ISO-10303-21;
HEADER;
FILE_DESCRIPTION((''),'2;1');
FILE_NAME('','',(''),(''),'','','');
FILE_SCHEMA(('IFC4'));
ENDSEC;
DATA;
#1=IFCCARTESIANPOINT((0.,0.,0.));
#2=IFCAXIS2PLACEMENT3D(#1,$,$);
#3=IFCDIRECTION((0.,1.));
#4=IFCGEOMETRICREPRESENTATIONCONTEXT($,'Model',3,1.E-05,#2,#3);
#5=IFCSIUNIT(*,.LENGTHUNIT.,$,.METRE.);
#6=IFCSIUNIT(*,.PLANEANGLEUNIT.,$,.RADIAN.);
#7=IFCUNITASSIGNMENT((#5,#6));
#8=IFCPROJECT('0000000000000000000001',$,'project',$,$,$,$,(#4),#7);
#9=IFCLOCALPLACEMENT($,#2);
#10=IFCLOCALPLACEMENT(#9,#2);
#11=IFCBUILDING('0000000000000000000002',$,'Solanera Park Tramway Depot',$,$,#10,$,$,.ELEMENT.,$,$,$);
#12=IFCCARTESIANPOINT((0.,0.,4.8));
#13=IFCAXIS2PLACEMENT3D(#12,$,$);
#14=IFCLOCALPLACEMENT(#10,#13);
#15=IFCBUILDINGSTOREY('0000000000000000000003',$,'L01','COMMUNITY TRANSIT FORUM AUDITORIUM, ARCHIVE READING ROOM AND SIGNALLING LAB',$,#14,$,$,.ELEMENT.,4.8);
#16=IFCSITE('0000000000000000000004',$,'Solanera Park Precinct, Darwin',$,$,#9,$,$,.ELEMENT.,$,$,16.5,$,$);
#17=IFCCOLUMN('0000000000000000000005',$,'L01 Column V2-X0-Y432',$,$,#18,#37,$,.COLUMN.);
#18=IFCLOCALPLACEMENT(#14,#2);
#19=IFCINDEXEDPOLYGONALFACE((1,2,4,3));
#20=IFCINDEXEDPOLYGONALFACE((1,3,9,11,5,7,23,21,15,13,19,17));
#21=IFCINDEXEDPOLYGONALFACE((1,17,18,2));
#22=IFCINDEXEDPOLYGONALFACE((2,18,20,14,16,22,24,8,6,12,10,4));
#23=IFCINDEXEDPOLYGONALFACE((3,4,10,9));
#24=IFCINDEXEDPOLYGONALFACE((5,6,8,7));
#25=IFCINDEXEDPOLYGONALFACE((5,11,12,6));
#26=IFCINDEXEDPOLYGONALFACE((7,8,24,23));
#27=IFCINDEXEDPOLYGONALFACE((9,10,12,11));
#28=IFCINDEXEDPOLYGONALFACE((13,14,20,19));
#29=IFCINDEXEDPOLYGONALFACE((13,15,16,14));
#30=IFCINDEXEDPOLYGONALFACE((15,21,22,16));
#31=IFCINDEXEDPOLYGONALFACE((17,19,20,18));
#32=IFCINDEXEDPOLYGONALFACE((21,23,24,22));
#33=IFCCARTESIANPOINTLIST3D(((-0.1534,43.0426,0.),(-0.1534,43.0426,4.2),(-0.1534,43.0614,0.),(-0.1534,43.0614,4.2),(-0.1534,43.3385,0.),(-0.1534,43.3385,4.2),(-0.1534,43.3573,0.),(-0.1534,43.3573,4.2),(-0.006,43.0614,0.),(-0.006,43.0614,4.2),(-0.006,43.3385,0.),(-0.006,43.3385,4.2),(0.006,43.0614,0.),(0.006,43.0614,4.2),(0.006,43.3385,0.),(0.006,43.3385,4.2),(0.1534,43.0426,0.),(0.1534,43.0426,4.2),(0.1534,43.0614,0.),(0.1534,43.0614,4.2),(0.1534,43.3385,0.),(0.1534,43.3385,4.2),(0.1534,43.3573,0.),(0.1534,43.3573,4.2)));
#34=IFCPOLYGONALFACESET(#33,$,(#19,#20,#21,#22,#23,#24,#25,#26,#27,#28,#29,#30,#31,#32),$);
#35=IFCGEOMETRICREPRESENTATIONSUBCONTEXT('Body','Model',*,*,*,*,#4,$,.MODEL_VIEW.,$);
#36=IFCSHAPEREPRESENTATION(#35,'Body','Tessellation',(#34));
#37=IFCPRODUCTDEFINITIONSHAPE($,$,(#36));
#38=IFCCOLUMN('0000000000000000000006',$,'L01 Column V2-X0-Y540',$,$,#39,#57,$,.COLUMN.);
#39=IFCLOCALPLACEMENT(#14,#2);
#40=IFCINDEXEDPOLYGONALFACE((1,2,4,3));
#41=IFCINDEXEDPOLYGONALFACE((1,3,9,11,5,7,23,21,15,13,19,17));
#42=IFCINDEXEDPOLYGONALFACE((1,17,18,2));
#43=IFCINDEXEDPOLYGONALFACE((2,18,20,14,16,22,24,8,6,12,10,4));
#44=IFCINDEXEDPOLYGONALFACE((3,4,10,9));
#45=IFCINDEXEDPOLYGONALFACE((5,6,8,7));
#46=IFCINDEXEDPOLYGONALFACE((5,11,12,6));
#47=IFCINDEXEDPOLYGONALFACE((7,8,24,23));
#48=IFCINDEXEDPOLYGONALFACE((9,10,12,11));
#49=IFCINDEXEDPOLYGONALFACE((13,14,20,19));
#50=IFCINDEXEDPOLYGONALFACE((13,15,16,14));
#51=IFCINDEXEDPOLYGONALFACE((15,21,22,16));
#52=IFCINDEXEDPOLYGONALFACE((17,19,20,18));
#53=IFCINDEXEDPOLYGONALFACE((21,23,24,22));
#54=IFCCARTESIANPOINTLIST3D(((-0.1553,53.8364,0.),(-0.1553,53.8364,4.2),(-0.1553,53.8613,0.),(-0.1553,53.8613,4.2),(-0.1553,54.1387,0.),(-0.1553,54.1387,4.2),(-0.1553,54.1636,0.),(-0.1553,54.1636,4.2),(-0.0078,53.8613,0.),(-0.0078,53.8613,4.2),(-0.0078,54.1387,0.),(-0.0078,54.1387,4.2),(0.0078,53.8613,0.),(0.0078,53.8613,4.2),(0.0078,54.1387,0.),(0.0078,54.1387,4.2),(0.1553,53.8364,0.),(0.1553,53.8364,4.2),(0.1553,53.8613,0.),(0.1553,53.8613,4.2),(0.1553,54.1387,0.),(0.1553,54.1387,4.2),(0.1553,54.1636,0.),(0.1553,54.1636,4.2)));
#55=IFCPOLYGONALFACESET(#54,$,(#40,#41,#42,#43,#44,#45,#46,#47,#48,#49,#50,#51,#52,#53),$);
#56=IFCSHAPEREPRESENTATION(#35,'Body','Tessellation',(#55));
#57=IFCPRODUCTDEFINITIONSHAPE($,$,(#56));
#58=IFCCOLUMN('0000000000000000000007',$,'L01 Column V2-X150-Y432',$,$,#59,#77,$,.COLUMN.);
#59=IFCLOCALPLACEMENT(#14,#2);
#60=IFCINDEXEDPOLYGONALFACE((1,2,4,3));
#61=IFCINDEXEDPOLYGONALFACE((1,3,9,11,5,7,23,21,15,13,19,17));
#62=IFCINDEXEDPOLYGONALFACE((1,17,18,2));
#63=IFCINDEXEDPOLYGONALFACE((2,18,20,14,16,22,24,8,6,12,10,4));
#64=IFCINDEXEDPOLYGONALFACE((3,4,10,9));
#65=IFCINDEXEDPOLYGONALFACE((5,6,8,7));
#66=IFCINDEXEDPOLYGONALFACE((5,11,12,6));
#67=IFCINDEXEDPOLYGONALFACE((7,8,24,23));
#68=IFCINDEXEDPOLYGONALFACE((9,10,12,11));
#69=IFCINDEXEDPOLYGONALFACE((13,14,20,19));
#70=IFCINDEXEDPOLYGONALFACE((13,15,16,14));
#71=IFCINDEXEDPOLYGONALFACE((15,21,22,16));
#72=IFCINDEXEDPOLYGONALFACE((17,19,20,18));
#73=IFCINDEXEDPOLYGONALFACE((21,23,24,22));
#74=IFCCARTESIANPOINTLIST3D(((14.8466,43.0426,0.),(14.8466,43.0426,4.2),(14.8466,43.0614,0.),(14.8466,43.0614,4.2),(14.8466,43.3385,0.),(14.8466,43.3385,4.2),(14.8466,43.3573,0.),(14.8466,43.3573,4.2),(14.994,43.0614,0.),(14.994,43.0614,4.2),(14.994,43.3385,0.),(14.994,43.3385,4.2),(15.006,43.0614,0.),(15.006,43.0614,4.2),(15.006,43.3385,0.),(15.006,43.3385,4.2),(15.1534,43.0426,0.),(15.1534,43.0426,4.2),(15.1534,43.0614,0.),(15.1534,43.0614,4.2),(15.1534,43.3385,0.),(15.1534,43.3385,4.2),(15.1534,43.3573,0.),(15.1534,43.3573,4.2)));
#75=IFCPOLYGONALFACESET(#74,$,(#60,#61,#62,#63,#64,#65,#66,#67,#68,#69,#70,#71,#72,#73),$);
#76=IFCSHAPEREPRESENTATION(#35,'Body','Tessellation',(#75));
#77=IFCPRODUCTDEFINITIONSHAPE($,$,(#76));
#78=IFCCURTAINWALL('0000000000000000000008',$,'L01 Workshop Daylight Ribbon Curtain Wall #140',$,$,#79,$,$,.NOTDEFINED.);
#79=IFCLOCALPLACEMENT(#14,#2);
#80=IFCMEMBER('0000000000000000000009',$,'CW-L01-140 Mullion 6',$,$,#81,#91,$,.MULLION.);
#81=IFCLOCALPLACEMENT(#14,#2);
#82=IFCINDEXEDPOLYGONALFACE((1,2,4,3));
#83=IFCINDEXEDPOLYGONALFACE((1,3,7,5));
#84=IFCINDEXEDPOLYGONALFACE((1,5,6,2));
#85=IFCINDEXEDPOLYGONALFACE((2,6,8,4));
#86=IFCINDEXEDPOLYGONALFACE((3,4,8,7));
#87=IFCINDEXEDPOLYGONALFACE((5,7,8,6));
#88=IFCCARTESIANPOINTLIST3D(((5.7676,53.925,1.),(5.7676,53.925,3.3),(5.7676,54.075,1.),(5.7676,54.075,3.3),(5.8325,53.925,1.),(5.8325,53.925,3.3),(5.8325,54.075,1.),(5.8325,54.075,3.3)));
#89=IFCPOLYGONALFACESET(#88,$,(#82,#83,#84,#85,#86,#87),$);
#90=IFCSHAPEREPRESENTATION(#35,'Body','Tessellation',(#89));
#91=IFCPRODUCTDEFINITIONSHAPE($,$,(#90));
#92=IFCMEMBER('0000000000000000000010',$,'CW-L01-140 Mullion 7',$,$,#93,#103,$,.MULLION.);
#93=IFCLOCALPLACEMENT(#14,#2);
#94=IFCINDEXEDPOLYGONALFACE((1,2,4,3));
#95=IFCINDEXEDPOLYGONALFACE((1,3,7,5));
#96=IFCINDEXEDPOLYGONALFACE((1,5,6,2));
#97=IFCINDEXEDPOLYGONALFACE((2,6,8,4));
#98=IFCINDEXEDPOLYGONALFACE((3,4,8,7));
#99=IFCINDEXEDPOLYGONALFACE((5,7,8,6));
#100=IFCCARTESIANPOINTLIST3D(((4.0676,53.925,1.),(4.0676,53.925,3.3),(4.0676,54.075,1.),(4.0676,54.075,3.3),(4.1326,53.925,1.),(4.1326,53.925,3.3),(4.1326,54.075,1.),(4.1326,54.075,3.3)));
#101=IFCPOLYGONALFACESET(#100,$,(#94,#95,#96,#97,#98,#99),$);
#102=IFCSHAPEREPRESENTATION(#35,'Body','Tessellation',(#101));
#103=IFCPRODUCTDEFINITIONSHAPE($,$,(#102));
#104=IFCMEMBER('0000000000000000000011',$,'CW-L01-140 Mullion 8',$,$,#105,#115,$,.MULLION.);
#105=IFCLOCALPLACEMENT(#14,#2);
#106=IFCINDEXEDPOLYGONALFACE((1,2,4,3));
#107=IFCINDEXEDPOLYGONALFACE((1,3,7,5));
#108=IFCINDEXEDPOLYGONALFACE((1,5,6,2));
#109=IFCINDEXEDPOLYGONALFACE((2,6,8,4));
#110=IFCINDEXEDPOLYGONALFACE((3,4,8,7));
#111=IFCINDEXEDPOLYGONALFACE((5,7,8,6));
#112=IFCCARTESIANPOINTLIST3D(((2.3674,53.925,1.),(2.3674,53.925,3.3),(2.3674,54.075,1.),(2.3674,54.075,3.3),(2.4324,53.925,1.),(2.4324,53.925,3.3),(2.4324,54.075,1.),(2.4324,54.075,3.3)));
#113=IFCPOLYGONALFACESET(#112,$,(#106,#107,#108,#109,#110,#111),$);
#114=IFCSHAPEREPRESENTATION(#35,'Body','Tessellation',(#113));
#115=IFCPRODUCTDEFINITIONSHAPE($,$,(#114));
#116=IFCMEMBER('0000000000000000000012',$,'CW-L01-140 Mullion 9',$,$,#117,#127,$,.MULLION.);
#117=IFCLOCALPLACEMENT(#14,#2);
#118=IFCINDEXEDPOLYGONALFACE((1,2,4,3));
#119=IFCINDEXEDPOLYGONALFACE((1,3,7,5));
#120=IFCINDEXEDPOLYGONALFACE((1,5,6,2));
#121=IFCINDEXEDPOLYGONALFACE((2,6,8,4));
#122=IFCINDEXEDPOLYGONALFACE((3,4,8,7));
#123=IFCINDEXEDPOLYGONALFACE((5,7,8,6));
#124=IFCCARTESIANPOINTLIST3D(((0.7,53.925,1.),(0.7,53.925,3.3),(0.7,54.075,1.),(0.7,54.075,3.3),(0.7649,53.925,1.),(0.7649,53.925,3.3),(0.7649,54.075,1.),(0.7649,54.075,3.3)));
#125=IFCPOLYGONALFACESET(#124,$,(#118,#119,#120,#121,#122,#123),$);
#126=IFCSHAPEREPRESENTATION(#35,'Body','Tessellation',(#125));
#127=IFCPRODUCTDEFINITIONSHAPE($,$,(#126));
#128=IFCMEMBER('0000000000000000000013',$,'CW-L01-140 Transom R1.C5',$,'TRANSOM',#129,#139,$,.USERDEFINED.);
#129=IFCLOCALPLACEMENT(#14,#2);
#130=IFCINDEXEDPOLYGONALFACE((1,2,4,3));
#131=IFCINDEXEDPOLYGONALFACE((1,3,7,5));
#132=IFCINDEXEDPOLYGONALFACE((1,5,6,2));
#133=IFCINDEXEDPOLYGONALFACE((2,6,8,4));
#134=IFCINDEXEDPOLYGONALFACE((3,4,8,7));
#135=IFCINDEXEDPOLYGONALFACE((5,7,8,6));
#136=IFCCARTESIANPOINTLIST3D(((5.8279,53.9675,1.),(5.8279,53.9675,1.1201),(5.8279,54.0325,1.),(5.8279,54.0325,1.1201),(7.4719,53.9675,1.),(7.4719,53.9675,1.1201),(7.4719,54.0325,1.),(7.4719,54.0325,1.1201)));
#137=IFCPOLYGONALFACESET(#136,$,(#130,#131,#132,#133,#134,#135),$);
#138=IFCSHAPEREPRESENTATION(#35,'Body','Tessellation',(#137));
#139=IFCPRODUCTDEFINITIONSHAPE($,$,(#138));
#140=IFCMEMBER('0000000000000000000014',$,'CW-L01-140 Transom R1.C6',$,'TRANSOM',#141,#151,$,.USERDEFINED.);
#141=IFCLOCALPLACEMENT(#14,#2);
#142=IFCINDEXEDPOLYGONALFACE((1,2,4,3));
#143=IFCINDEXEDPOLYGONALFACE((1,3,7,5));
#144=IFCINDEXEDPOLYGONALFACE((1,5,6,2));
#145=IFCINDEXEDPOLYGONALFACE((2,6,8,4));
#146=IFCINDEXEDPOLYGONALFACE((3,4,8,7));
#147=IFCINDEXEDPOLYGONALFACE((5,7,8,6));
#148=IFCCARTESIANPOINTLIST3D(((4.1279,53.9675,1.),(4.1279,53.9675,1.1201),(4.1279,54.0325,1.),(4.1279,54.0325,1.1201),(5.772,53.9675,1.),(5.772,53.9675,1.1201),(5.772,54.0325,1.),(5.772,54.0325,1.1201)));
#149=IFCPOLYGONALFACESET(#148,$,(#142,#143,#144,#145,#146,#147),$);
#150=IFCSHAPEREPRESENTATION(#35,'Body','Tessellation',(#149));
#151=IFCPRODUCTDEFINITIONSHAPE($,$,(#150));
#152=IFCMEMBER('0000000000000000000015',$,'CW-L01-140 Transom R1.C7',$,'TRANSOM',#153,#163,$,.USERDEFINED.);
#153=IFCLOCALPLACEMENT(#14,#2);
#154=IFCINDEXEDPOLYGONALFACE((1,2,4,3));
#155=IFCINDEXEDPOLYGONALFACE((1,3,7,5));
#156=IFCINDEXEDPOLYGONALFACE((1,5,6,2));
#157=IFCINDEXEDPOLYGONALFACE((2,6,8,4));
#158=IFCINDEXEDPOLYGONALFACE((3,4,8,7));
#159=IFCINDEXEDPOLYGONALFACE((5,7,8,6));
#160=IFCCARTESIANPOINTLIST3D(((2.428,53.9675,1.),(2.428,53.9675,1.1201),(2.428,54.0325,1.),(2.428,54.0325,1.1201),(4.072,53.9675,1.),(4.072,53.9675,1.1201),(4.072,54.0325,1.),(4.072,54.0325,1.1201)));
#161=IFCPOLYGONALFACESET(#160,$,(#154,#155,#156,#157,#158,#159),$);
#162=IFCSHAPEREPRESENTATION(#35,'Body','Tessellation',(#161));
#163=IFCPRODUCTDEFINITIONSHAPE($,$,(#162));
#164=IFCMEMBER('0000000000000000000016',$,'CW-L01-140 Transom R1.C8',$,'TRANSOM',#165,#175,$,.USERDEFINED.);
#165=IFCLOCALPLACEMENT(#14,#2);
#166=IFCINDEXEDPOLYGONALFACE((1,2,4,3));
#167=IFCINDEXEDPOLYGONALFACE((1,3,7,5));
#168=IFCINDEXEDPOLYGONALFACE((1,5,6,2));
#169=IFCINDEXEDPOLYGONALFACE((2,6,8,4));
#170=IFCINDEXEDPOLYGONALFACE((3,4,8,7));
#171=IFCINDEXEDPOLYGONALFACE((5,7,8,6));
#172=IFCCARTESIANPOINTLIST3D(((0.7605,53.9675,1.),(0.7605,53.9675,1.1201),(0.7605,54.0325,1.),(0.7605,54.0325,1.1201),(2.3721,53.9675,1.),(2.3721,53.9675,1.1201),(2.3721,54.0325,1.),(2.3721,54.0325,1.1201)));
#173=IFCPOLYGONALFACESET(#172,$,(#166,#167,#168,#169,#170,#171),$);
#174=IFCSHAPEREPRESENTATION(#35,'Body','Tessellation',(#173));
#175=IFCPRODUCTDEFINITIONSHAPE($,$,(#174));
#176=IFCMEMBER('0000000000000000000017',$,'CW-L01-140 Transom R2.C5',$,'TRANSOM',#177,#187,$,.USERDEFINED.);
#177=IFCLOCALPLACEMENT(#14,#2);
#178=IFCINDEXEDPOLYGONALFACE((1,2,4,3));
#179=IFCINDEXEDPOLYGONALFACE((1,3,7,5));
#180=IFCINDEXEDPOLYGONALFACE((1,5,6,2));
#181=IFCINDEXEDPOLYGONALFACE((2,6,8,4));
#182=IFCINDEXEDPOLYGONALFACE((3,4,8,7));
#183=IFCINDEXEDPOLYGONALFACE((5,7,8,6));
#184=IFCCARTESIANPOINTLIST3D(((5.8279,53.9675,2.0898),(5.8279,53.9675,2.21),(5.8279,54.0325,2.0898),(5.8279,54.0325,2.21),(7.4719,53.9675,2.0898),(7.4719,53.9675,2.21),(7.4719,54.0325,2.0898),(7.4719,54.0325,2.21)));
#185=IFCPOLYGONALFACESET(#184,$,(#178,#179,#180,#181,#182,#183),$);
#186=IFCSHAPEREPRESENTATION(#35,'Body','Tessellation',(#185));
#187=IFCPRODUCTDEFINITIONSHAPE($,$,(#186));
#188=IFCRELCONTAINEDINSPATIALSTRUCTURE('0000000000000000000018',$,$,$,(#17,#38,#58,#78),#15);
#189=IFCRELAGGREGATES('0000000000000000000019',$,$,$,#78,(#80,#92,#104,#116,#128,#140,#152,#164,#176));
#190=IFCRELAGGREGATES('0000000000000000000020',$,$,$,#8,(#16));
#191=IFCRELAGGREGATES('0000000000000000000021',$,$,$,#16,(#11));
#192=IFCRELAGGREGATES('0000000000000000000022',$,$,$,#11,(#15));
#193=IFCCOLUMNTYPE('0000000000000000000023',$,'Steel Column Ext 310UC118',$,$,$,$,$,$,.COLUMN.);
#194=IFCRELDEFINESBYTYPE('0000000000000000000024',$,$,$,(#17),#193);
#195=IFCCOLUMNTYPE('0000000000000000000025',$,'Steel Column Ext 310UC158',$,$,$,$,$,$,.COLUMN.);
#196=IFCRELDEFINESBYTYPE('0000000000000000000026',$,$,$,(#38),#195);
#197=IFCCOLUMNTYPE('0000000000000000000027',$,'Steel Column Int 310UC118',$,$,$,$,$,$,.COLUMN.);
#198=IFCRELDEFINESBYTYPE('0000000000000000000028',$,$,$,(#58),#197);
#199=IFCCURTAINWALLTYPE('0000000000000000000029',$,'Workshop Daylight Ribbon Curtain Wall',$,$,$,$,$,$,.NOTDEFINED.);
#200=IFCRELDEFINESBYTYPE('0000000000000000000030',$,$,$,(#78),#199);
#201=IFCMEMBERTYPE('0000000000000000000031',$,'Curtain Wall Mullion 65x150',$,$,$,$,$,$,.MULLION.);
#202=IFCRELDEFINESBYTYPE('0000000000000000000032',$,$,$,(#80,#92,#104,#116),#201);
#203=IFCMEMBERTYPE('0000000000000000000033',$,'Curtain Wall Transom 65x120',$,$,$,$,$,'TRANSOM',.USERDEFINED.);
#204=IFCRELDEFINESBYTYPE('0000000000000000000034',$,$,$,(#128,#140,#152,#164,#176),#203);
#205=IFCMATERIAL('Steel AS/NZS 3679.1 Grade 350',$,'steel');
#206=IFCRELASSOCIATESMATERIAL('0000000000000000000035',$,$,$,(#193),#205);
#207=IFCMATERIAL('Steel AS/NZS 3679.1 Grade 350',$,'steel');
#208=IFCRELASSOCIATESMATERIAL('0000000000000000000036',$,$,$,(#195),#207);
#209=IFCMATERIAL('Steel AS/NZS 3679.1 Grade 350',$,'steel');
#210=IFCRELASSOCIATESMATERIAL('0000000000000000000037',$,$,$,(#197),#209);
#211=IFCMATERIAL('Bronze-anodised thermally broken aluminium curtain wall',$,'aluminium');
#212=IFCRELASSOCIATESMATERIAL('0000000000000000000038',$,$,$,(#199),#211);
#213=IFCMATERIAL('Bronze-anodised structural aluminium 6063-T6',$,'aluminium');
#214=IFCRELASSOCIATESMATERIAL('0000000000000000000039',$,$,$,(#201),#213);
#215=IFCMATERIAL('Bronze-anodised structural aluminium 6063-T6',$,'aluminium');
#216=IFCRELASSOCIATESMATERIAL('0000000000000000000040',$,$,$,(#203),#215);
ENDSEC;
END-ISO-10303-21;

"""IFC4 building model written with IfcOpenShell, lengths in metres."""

from ifc_helpers import new_model, si_unit, direction, frame, origin, origin_2d, place, context, subcontext, project, spatial, rectangle, i_section, extrude, material, material_profile, profile_set, type_object, element, aggregate, save


model = new_model("IFC4")

# Units and contexts
model_context = context("Model", 3, precision=1e-05, world=origin(), true_north=direction((0.0, 1.0)))
body_context = subcontext(model_context, "Body", "Model", "MODEL_VIEW")
ifc_project = project(units=[si_unit("LENGTHUNIT", "METRE"), si_unit("PLANEANGLEUNIT", "RADIAN")], contexts=[model_context])

# Site, building, storey
site_placement = place(None, origin())
site = spatial("IfcSite", under=ifc_project, at=site_placement, Name="Solanera Park Precinct, Darwin", CompositionType="ELEMENT", RefElevation=16.5)
building_placement = place(site_placement, origin())
building = spatial("IfcBuilding", under=site, at=building_placement, Name="Solanera Park Tramway Depot", CompositionType="ELEMENT")
storey_placement = place(building_placement, frame((0.0, 0.0, 4.8)))
storey = spatial("IfcBuildingStorey", under=building, at=storey_placement, Name="L01", Description="COMMUNITY TRANSIT FORUM AUDITORIUM, ARCHIVE READING ROOM AND SIGNALLING LAB", CompositionType="ELEMENT", Elevation=4.8)

# Columns
ifc_material_1 = material(Name="Steel AS/NZS 3679.1 Grade 350", Category="steel")
ifc_material_profile_1 = material_profile(ifc_material_1, i_section(OverallWidth=0.3069, OverallDepth=0.3147, WebThickness=0.012, FlangeThickness=0.0188, at=origin_2d()), Name="310UC118")
ifc_profile_set_1 = profile_set([ifc_material_profile_1], Name="Steel AS/NZS 3679.1 Grade 350")
column_type_1 = type_object("IfcColumnType", Name="Steel Column Ext 310UC118", PredefinedType="COLUMN", material=ifc_profile_set_1)
column_1_placement = place(storey_placement, frame((0.0, 43.2, 0.0), z_axis=(0.0, 0.0, 1.0), x_axis=(1.0, 0.0, 0.0)))
element("IfcColumn", 1, at=column_1_placement, inside=storey, type_object=column_type_1, Name="L01 Column V2-X0-Y432", PredefinedType="COLUMN", context=body_context, shape_type="SweptSolid", body=[
    extrude(i_section(OverallWidth=0.3069, OverallDepth=0.3147, WebThickness=0.012, FlangeThickness=0.0188, at=origin_2d()), origin(), (0.0, 0.0, 1.0), 4.2),
])
ifc_material_2 = material(Name="Steel AS/NZS 3679.1 Grade 350", Category="steel")
ifc_material_profile_2 = material_profile(ifc_material_2, i_section(OverallWidth=0.3105, OverallDepth=0.3271, WebThickness=0.0156, FlangeThickness=0.0249, at=origin_2d()), Name="310UC158")
ifc_profile_set_2 = profile_set([ifc_material_profile_2], Name="Steel AS/NZS 3679.1 Grade 350")
column_type_2 = type_object("IfcColumnType", Name="Steel Column Ext 310UC158", PredefinedType="COLUMN", material=ifc_profile_set_2)
column_2_placement = place(storey_placement, frame((0.0, 54.0, 0.0), z_axis=(0.0, 0.0, 1.0), x_axis=(1.0, 0.0, 0.0)))
element("IfcColumn", 2, at=column_2_placement, inside=storey, type_object=column_type_2, Name="L01 Column V2-X0-Y540", PredefinedType="COLUMN", context=body_context, shape_type="SweptSolid", body=[
    extrude(i_section(OverallWidth=0.3105, OverallDepth=0.3271, WebThickness=0.0156, FlangeThickness=0.0249, at=origin_2d()), origin(), (0.0, 0.0, 1.0), 4.2),
])
ifc_material_3 = material(Name="Steel AS/NZS 3679.1 Grade 350", Category="steel")
ifc_material_profile_3 = material_profile(ifc_material_3, i_section(OverallWidth=0.3069, OverallDepth=0.3147, WebThickness=0.012, FlangeThickness=0.0188, at=origin_2d()), Name="310UC118")
ifc_profile_set_3 = profile_set([ifc_material_profile_3], Name="Steel AS/NZS 3679.1 Grade 350")
column_type_3 = type_object("IfcColumnType", Name="Steel Column Int 310UC118", PredefinedType="COLUMN", material=ifc_profile_set_3)
column_3_placement = place(storey_placement, frame((15.0, 43.2, 0.0), z_axis=(0.0, 0.0, 1.0), x_axis=(1.0, 0.0, 0.0)))
element("IfcColumn", 3, at=column_3_placement, inside=storey, type_object=column_type_3, Name="L01 Column V2-X150-Y432", PredefinedType="COLUMN", context=body_context, shape_type="SweptSolid", body=[
    extrude(i_section(OverallWidth=0.3069, OverallDepth=0.3147, WebThickness=0.012, FlangeThickness=0.0188, at=origin_2d()), origin(), (0.0, 0.0, 1.0), 4.2),
])

# Curtain wall, members
ifc_material_4 = material(Name="Bronze-anodised thermally broken aluminium curtain wall", Category="aluminium")
curtain_wall_type = type_object("IfcCurtainWallType", Name="Workshop Daylight Ribbon Curtain Wall", PredefinedType="NOTDEFINED", material=ifc_material_4)
curtain_wall_placement = place(storey_placement, origin())
curtain_wall = element("IfcCurtainWall", 4, at=curtain_wall_placement, inside=storey, type_object=curtain_wall_type, Name="L01 Workshop Daylight Ribbon Curtain Wall #140", PredefinedType="NOTDEFINED")
ifc_material_5 = material(Name="Bronze-anodised structural aluminium 6063-T6", Category="aluminium")
ifc_material_profile_4 = material_profile(ifc_material_5, rectangle(XDim=0.0649, YDim=0.1499, at=origin_2d()), Name="Curtain Wall Mullion 65x150")
ifc_profile_set_4 = profile_set([ifc_material_profile_4], Name="Bronze-anodised structural aluminium 6063-T6")
member_type_1 = type_object("IfcMemberType", Name="Curtain Wall Mullion 65x150", PredefinedType="MULLION", material=ifc_profile_set_4)
member_1_placement = place(storey_placement, frame((5.8, 54.0, 1.0), z_axis=(0.0, 0.0, 1.0), x_axis=(1.0, 0.0, 0.0)))
member_1 = element("IfcMember", 5, at=member_1_placement, type_object=member_type_1, Name="CW-L01-140 Mullion 6", PredefinedType="MULLION", context=body_context, shape_type="SweptSolid", body=[
    extrude(rectangle(XDim=0.0649, YDim=0.1499, at=origin_2d()), origin(), (0.0, 0.0, 1.0), 2.3),
])
member_2_placement = place(storey_placement, frame((4.1001, 54.0, 1.0), z_axis=(0.0, 0.0, 1.0), x_axis=(1.0, 0.0, 0.0)))
member_2 = element("IfcMember", 6, at=member_2_placement, type_object=member_type_1, Name="CW-L01-140 Mullion 7", PredefinedType="MULLION", context=body_context, shape_type="SweptSolid", body=[
    extrude(rectangle(XDim=0.0649, YDim=0.1499, at=origin_2d()), origin(), (0.0, 0.0, 1.0), 2.3),
])
member_3_placement = place(storey_placement, frame((2.3999, 54.0, 1.0), z_axis=(0.0, 0.0, 1.0), x_axis=(1.0, 0.0, 0.0)))
member_3 = element("IfcMember", 7, at=member_3_placement, type_object=member_type_1, Name="CW-L01-140 Mullion 8", PredefinedType="MULLION", context=body_context, shape_type="SweptSolid", body=[
    extrude(rectangle(XDim=0.0649, YDim=0.1499, at=origin_2d()), origin(), (0.0, 0.0, 1.0), 2.3),
])
member_4_placement = place(storey_placement, frame((0.7324, 54.0, 1.0), z_axis=(0.0, 0.0, 1.0), x_axis=(1.0, 0.0, 0.0)))
member_4 = element("IfcMember", 8, at=member_4_placement, type_object=member_type_1, Name="CW-L01-140 Mullion 9", PredefinedType="MULLION", context=body_context, shape_type="SweptSolid", body=[
    extrude(rectangle(XDim=0.0649, YDim=0.1499, at=origin_2d()), origin(), (0.0, 0.0, 1.0), 2.3),
])
ifc_material_6 = material(Name="Bronze-anodised structural aluminium 6063-T6", Category="aluminium")
ifc_material_profile_5 = material_profile(ifc_material_6, rectangle(XDim=0.0649, YDim=0.1201, at=origin_2d()), Name="Curtain Wall Transom 65x120")
ifc_profile_set_5 = profile_set([ifc_material_profile_5], Name="Bronze-anodised structural aluminium 6063-T6")
member_type_2 = type_object("IfcMemberType", Name="Curtain Wall Transom 65x120", ElementType="TRANSOM", PredefinedType="USERDEFINED", material=ifc_profile_set_5)
member_5_placement = place(storey_placement, frame((7.4719, 54.0, 1.0601), z_axis=(-1.0, 0.0, 0.0), x_axis=(0.0, -1.0, 0.0)))
member_5 = element("IfcMember", 9, at=member_5_placement, type_object=member_type_2, Name="CW-L01-140 Transom R1.C5", ObjectType="TRANSOM", PredefinedType="USERDEFINED", context=body_context, shape_type="SweptSolid", body=[
    extrude(rectangle(XDim=0.0649, YDim=0.1201, at=origin_2d()), origin(), (0.0, 0.0, 1.0), 1.644),
])
member_6_placement = place(storey_placement, frame((5.772, 54.0, 1.0601), z_axis=(-1.0, 0.0, 0.0), x_axis=(0.0, -1.0, 0.0)))
member_6 = element("IfcMember", 10, at=member_6_placement, type_object=member_type_2, Name="CW-L01-140 Transom R1.C6", ObjectType="TRANSOM", PredefinedType="USERDEFINED", context=body_context, shape_type="SweptSolid", body=[
    extrude(rectangle(XDim=0.0649, YDim=0.1201, at=origin_2d()), origin(), (0.0, 0.0, 1.0), 1.644),
])
member_7_placement = place(storey_placement, frame((4.072, 54.0, 1.0601), z_axis=(-1.0, 0.0, 0.0), x_axis=(0.0, -1.0, 0.0)))
member_7 = element("IfcMember", 11, at=member_7_placement, type_object=member_type_2, Name="CW-L01-140 Transom R1.C7", ObjectType="TRANSOM", PredefinedType="USERDEFINED", context=body_context, shape_type="SweptSolid", body=[
    extrude(rectangle(XDim=0.0649, YDim=0.1201, at=origin_2d()), origin(), (0.0, 0.0, 1.0), 1.644),
])
member_8_placement = place(storey_placement, frame((2.3721, 54.0, 1.0601), z_axis=(-1.0, 0.0, 0.0), x_axis=(0.0, -1.0, 0.0)))
member_8 = element("IfcMember", 12, at=member_8_placement, type_object=member_type_2, Name="CW-L01-140 Transom R1.C8", ObjectType="TRANSOM", PredefinedType="USERDEFINED", context=body_context, shape_type="SweptSolid", body=[
    extrude(rectangle(XDim=0.0649, YDim=0.1201, at=origin_2d()), origin(), (0.0, 0.0, 1.0), 1.6116),
])
member_9_placement = place(storey_placement, frame((7.4719, 54.0, 2.1499), z_axis=(-1.0, 0.0, 0.0), x_axis=(0.0, -1.0, 0.0)))
member_9 = element("IfcMember", 13, at=member_9_placement, type_object=member_type_2, Name="CW-L01-140 Transom R2.C5", ObjectType="TRANSOM", PredefinedType="USERDEFINED", context=body_context, shape_type="SweptSolid", body=[
    extrude(rectangle(XDim=0.0649, YDim=0.1201, at=origin_2d()), origin(), (0.0, 0.0, 1.0), 1.644),
])

aggregate(curtain_wall, [member_1, member_2, member_3, member_4, member_5, member_6, member_7, member_8, member_9])

save(model, "model.ifc")
